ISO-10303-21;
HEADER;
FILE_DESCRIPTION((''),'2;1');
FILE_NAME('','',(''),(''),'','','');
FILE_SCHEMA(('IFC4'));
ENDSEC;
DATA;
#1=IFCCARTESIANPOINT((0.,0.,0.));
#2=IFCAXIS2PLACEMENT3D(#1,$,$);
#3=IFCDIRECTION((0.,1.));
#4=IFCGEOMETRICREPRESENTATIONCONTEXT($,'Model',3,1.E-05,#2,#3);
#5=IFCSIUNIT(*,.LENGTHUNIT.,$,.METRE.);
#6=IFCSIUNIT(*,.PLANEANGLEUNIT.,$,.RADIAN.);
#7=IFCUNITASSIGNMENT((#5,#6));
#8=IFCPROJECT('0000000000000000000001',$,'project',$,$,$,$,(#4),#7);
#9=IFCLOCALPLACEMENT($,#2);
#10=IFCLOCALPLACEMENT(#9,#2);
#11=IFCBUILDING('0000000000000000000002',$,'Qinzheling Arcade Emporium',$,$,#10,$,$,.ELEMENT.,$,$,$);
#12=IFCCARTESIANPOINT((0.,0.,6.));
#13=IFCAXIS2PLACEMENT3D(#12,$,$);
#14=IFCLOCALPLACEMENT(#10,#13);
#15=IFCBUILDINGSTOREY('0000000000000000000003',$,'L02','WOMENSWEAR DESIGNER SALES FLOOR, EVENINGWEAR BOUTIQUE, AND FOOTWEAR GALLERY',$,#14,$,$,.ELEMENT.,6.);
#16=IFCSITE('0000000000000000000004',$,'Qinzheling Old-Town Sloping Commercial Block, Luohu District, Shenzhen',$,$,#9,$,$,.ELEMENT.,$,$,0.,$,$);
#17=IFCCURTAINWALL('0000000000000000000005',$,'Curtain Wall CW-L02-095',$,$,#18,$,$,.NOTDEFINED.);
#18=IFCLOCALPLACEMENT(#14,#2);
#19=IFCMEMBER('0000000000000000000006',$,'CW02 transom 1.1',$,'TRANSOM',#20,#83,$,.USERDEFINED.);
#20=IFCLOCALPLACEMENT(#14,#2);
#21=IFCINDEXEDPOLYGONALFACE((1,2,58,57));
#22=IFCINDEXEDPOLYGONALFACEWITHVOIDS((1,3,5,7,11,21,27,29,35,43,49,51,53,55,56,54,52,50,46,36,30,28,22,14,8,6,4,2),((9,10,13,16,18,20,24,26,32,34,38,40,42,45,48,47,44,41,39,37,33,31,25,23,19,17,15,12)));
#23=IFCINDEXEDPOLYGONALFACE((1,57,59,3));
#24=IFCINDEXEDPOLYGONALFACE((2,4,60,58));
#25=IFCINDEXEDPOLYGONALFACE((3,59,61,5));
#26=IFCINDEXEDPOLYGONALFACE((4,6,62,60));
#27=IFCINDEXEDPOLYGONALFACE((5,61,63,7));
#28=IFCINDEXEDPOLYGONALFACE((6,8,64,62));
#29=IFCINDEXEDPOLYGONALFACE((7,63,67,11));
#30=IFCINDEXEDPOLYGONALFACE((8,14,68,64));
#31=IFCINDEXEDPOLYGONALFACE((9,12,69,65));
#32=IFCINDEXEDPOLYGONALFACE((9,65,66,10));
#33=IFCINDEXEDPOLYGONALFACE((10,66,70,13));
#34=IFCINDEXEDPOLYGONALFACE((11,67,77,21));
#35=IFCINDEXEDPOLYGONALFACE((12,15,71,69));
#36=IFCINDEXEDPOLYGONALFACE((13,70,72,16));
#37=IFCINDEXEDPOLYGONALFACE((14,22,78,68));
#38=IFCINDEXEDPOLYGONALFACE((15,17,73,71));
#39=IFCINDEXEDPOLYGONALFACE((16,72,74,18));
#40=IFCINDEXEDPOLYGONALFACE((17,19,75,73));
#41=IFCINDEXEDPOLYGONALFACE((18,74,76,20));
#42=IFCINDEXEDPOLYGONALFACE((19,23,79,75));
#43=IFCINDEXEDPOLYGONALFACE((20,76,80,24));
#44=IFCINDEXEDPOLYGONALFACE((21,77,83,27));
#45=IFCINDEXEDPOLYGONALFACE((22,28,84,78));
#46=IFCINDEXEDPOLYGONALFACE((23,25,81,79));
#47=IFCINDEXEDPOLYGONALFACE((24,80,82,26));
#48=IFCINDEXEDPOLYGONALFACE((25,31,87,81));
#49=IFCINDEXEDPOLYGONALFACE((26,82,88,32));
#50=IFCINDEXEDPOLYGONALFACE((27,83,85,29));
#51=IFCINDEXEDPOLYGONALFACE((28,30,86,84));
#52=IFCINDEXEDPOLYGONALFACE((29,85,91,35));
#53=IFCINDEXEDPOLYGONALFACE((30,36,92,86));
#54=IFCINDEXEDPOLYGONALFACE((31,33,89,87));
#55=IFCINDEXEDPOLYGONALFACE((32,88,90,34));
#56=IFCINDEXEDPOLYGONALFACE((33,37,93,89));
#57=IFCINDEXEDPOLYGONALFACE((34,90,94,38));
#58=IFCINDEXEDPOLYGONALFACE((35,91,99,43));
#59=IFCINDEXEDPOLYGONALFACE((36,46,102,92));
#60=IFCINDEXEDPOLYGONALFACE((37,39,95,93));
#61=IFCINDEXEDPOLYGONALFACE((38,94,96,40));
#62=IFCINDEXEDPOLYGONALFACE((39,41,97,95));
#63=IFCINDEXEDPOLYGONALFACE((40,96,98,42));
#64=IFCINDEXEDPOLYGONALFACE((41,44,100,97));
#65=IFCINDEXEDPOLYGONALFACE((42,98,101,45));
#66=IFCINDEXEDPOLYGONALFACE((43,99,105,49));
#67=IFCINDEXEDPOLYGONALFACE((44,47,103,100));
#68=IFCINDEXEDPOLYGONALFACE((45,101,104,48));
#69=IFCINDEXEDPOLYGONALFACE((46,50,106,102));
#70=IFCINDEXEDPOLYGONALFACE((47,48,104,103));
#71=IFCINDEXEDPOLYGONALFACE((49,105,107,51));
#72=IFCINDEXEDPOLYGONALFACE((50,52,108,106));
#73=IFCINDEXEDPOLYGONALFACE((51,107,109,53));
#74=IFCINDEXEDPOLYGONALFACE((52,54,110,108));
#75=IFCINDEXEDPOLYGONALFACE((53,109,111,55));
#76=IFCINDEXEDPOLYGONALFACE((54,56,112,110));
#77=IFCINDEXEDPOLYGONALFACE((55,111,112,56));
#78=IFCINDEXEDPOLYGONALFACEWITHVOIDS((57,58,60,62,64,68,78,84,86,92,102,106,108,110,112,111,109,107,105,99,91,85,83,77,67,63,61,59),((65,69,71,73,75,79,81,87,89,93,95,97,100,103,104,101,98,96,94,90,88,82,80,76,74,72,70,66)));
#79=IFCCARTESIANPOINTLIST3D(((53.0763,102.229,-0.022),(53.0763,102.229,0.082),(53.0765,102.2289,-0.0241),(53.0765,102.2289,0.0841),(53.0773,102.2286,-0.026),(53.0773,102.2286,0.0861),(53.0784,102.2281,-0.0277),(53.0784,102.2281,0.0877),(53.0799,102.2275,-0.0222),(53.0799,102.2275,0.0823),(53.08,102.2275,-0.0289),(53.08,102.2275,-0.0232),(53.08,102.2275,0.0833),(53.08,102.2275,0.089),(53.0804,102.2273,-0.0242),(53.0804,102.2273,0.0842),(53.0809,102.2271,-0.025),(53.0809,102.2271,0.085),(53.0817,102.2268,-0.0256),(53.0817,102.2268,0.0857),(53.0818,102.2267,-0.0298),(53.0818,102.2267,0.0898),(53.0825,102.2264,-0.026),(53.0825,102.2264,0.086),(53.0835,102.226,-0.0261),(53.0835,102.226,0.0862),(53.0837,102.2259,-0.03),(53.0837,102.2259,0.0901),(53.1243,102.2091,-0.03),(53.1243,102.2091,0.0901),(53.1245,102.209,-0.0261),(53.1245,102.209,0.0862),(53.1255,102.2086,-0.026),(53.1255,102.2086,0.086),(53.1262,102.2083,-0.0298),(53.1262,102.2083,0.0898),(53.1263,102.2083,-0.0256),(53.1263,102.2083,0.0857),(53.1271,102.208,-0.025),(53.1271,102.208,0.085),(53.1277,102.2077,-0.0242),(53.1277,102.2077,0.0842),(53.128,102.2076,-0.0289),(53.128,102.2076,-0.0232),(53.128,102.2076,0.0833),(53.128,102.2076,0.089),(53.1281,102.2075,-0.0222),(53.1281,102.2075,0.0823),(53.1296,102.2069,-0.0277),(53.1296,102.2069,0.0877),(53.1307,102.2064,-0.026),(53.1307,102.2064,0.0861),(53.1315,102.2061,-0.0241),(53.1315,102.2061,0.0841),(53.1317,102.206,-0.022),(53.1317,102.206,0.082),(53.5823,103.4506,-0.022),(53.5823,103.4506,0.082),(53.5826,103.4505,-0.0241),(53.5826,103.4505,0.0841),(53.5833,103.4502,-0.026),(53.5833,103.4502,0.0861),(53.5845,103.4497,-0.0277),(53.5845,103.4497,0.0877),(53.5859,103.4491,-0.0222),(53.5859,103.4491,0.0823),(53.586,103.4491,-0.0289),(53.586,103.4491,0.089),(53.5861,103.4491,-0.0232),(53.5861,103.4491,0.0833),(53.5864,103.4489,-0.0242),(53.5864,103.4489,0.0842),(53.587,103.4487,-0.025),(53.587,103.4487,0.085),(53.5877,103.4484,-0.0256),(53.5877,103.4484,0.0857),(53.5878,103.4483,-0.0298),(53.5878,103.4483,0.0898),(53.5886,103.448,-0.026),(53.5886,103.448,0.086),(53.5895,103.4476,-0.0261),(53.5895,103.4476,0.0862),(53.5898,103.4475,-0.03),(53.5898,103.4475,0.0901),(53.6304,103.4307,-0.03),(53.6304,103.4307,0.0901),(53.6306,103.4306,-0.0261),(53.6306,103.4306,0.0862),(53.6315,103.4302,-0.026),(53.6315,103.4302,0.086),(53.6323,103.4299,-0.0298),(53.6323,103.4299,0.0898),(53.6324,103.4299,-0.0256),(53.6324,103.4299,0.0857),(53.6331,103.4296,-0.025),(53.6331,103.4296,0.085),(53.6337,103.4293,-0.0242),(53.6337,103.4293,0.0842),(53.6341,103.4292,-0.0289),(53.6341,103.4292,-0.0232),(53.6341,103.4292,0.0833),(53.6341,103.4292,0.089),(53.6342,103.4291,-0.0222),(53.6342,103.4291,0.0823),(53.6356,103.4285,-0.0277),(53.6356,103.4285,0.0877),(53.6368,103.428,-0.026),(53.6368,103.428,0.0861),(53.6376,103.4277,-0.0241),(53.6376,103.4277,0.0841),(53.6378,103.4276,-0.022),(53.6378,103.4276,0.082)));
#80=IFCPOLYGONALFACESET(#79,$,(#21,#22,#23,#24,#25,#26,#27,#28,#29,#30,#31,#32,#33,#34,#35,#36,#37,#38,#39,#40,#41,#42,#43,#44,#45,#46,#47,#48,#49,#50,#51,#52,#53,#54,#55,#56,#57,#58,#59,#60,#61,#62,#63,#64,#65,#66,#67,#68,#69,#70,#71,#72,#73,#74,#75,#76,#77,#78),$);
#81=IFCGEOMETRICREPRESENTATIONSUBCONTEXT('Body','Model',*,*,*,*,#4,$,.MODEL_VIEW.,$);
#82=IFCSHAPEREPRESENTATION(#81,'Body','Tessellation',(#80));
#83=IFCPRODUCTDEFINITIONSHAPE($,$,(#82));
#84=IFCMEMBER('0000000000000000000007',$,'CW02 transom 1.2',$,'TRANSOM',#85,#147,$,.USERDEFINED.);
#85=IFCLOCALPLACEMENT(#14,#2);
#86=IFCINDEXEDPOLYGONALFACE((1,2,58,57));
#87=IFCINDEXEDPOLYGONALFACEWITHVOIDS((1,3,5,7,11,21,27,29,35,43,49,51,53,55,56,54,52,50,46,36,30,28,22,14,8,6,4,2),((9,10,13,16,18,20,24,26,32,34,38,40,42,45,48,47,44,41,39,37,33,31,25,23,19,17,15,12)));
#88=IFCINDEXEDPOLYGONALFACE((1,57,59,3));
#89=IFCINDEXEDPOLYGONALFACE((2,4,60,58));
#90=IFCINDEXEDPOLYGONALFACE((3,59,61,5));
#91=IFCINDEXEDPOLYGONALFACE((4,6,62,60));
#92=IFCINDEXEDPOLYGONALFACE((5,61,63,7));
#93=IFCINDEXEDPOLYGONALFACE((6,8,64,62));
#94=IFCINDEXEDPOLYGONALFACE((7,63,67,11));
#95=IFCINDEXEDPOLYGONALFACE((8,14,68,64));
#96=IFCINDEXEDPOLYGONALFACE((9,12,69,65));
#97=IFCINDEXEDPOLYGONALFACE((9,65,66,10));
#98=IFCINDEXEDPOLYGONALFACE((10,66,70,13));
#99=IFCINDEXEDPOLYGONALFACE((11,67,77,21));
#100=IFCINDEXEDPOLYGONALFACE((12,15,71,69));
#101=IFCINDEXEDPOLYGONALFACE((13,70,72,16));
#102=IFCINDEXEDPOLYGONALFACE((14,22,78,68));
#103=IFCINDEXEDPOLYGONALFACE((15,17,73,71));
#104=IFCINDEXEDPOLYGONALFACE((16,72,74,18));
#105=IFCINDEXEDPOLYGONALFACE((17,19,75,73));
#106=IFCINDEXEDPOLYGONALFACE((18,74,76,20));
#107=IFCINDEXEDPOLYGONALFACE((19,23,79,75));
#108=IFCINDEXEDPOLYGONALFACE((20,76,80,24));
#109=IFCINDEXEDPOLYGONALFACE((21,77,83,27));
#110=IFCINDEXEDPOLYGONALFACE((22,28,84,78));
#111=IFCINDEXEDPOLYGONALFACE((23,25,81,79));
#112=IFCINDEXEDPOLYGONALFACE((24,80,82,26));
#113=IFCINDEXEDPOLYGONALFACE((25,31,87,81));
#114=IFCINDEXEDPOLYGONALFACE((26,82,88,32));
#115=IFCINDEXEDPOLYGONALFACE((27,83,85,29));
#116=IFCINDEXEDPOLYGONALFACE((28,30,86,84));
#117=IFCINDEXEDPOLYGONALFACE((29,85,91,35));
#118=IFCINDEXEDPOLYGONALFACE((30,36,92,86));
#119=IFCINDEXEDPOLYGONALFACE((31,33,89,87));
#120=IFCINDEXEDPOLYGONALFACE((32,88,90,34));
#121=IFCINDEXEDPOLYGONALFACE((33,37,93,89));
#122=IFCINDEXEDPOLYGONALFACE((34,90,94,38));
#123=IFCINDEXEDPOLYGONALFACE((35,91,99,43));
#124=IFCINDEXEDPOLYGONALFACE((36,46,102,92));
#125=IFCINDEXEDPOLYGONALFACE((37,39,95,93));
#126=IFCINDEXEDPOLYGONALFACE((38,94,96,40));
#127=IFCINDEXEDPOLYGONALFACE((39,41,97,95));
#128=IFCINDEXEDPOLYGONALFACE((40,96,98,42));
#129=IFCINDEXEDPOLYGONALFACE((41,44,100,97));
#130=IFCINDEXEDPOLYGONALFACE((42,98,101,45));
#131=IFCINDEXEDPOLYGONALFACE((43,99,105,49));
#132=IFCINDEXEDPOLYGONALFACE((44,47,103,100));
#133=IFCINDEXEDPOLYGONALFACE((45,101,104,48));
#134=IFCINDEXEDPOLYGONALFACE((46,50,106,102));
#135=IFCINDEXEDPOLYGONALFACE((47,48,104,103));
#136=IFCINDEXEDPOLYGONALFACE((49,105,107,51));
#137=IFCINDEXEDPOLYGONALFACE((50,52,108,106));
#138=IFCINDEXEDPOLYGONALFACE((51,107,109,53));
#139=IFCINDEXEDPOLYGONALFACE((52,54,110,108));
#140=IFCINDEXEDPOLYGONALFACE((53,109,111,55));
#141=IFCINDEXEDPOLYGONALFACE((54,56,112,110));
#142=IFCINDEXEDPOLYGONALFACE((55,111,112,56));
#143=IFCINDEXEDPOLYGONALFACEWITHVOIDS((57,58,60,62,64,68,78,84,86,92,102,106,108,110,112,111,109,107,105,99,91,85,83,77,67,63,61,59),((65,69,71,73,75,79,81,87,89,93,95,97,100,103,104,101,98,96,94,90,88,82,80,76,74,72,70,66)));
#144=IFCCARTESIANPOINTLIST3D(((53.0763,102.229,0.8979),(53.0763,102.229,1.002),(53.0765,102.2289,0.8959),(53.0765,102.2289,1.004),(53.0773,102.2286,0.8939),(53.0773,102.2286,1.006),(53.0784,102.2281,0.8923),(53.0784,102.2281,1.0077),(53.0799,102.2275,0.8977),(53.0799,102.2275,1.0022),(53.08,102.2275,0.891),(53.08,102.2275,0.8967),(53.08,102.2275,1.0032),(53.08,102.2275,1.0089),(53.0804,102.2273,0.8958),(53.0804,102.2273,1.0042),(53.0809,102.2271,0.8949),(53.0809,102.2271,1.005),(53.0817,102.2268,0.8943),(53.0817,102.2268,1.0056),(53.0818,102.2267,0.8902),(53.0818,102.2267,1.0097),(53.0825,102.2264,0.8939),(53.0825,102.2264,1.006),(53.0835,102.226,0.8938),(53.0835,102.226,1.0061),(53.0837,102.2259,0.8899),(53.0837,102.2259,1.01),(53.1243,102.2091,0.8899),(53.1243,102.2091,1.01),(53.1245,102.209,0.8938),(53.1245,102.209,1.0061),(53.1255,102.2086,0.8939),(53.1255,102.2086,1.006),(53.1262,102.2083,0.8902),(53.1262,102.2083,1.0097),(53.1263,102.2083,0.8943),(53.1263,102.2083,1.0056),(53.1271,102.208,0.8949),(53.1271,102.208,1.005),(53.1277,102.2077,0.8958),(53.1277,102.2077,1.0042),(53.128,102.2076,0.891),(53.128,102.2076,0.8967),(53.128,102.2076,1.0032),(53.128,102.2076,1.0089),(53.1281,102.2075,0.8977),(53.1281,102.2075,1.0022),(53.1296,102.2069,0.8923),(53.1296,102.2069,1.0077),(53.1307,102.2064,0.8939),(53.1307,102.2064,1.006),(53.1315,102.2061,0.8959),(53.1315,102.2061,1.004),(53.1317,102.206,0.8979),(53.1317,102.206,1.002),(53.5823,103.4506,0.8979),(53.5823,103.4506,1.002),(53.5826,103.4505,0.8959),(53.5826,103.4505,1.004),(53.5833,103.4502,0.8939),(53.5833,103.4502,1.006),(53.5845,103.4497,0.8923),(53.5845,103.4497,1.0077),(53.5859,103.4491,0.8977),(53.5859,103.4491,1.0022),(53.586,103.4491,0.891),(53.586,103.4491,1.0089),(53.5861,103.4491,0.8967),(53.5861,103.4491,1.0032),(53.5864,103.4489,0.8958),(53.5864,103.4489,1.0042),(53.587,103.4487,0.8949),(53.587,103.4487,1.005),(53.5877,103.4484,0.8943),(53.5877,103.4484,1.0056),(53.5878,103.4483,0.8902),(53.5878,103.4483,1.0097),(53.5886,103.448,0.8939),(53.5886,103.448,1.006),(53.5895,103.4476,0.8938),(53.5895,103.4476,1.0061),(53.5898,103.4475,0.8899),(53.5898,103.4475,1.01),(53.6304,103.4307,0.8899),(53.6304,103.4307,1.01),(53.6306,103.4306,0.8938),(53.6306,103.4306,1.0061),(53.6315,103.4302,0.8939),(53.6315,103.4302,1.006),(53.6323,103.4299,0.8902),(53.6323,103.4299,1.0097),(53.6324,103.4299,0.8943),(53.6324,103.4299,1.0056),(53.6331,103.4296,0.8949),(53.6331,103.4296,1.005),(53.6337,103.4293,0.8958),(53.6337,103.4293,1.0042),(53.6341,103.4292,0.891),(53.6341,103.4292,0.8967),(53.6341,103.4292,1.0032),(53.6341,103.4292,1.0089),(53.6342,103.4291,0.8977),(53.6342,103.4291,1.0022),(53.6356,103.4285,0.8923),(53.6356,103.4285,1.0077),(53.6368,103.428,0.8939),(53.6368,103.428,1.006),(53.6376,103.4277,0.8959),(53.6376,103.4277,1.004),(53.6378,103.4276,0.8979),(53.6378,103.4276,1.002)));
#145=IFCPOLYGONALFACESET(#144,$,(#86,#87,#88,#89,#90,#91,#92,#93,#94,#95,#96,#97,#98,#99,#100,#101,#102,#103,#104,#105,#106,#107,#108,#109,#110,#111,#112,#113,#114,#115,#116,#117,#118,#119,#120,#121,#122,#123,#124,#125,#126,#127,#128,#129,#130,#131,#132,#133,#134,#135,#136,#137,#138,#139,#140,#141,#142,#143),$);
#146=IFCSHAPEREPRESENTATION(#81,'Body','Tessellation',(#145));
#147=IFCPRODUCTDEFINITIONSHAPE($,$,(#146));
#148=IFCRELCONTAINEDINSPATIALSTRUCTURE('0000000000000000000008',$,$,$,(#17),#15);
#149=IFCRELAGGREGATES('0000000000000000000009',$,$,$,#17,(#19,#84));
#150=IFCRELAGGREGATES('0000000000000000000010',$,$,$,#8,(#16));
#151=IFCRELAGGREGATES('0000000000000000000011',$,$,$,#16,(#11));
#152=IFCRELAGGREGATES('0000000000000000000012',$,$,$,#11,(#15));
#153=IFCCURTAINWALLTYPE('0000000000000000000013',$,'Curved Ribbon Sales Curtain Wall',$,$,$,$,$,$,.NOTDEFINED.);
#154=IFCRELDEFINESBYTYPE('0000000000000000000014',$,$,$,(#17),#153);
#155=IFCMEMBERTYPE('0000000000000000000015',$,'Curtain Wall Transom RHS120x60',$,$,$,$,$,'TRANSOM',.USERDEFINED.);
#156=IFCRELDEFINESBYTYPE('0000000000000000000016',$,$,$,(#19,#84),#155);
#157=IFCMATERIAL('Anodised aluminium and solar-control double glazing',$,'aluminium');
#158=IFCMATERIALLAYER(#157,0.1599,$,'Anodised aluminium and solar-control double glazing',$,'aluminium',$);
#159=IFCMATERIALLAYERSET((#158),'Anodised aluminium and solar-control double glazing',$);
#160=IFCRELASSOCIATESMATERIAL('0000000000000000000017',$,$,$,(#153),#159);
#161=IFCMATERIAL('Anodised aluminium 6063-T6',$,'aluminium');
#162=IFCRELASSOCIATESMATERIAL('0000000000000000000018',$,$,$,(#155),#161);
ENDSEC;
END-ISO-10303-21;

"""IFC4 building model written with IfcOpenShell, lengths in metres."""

from ifc_helpers import new_model, si_unit, direction, frame, origin, origin_2d, place, context, subcontext, project, spatial, hollow_rectangle, extrude, material, layer, layer_set, material_profile, profile_set, type_object, element, aggregate, save


model = new_model("IFC4")

# Units and contexts
model_context = context("Model", 3, precision=1e-05, world=origin(), true_north=direction((0.0, 1.0)))
body_context = subcontext(model_context, "Body", "Model", "MODEL_VIEW")
ifc_project = project(units=[si_unit("LENGTHUNIT", "METRE"), si_unit("PLANEANGLEUNIT", "RADIAN")], contexts=[model_context])

# Site, building, storey
site_placement = place(None, origin())
site = spatial("IfcSite", under=ifc_project, at=site_placement, Name="Qinzheling Old-Town Sloping Commercial Block, Luohu District, Shenzhen", CompositionType="ELEMENT", RefElevation=0.0)
building_placement = place(site_placement, origin())
building = spatial("IfcBuilding", under=site, at=building_placement, Name="Qinzheling Arcade Emporium", CompositionType="ELEMENT")
storey_placement = place(building_placement, frame((0.0, 0.0, 6.0)))
storey = spatial("IfcBuildingStorey", under=building, at=storey_placement, Name="L02", Description="WOMENSWEAR DESIGNER SALES FLOOR, EVENINGWEAR BOUTIQUE, AND FOOTWEAR GALLERY", CompositionType="ELEMENT", Elevation=6.0)

# Shared definitions
ifc_material_1 = material(Name="Anodised aluminium and solar-control double glazing", Category="aluminium")
ifc_layer_1 = layer(ifc_material_1, 0.1599, Name="Anodised aluminium and solar-control double glazing", Category="aluminium")
ifc_layer_set_1 = layer_set([ifc_layer_1], Name="Anodised aluminium and solar-control double glazing")
curtain_wall_type = type_object("IfcCurtainWallType", Name="Curved Ribbon Sales Curtain Wall", PredefinedType="NOTDEFINED", material=ifc_layer_set_1)
ifc_material_2 = material(Name="Anodised aluminium 6063-T6", Category="aluminium")

# Curtain wall
curtain_wall_1_placement = place(storey_placement, origin())
curtain_wall_1 = element("IfcCurtainWall", 1, at=curtain_wall_1_placement, inside=storey, type_object=curtain_wall_type, Name="Curtain Wall CW-L02-095", PredefinedType="NOTDEFINED")

# Members
ifc_material_profile_1 = material_profile(ifc_material_2, hollow_rectangle(XDim=0.0601, YDim=0.1201, WallThickness=0.0039, InnerFilletRadius=0.0039, OuterFilletRadius=0.0081, at=origin_2d()), Name="RHS 120x60x4", Category="aluminium")
ifc_profile_set_1 = profile_set([ifc_material_profile_1], Name="Anodised aluminium 6063-T6")
member_type_1 = type_object("IfcMemberType", Name="Curtain Wall Transom RHS120x60", ElementType="TRANSOM", PredefinedType="USERDEFINED", material=ifc_profile_set_1)
member_1_placement = place(storey_placement, frame((53.104, 102.2175, 0.03), z_axis=(0.382727, 0.923862, 0.0), x_axis=(-0.923862, 0.382727, 0.0)))
member_1 = element("IfcMember", 2, at=member_1_placement, type_object=member_type_1, Name="CW02 transom 1.1", ObjectType="TRANSOM", PredefinedType="USERDEFINED", context=body_context, shape_type="SweptSolid", body=[
    extrude(hollow_rectangle(XDim=0.0601, YDim=0.1201, WallThickness=0.0039, InnerFilletRadius=0.0039, OuterFilletRadius=0.0081, at=origin_2d()), origin(), (0.0, 0.0, 1.0), 1.3223),
])
member_2_placement = place(storey_placement, frame((53.104, 102.2175, 0.95), z_axis=(0.382727, 0.923862, 0.0), x_axis=(-0.923862, 0.382727, 0.0)))
member_2 = element("IfcMember", 3, at=member_2_placement, type_object=member_type_1, Name="CW02 transom 1.2", ObjectType="TRANSOM", PredefinedType="USERDEFINED", context=body_context, shape_type="SweptSolid", body=[
    extrude(hollow_rectangle(XDim=0.0601, YDim=0.1201, WallThickness=0.0039, InnerFilletRadius=0.0039, OuterFilletRadius=0.0081, at=origin_2d()), origin(), (0.0, 0.0, 1.0), 1.3223),
])

aggregate(curtain_wall_1, [member_1, member_2])

save(model, "model.ifc")
